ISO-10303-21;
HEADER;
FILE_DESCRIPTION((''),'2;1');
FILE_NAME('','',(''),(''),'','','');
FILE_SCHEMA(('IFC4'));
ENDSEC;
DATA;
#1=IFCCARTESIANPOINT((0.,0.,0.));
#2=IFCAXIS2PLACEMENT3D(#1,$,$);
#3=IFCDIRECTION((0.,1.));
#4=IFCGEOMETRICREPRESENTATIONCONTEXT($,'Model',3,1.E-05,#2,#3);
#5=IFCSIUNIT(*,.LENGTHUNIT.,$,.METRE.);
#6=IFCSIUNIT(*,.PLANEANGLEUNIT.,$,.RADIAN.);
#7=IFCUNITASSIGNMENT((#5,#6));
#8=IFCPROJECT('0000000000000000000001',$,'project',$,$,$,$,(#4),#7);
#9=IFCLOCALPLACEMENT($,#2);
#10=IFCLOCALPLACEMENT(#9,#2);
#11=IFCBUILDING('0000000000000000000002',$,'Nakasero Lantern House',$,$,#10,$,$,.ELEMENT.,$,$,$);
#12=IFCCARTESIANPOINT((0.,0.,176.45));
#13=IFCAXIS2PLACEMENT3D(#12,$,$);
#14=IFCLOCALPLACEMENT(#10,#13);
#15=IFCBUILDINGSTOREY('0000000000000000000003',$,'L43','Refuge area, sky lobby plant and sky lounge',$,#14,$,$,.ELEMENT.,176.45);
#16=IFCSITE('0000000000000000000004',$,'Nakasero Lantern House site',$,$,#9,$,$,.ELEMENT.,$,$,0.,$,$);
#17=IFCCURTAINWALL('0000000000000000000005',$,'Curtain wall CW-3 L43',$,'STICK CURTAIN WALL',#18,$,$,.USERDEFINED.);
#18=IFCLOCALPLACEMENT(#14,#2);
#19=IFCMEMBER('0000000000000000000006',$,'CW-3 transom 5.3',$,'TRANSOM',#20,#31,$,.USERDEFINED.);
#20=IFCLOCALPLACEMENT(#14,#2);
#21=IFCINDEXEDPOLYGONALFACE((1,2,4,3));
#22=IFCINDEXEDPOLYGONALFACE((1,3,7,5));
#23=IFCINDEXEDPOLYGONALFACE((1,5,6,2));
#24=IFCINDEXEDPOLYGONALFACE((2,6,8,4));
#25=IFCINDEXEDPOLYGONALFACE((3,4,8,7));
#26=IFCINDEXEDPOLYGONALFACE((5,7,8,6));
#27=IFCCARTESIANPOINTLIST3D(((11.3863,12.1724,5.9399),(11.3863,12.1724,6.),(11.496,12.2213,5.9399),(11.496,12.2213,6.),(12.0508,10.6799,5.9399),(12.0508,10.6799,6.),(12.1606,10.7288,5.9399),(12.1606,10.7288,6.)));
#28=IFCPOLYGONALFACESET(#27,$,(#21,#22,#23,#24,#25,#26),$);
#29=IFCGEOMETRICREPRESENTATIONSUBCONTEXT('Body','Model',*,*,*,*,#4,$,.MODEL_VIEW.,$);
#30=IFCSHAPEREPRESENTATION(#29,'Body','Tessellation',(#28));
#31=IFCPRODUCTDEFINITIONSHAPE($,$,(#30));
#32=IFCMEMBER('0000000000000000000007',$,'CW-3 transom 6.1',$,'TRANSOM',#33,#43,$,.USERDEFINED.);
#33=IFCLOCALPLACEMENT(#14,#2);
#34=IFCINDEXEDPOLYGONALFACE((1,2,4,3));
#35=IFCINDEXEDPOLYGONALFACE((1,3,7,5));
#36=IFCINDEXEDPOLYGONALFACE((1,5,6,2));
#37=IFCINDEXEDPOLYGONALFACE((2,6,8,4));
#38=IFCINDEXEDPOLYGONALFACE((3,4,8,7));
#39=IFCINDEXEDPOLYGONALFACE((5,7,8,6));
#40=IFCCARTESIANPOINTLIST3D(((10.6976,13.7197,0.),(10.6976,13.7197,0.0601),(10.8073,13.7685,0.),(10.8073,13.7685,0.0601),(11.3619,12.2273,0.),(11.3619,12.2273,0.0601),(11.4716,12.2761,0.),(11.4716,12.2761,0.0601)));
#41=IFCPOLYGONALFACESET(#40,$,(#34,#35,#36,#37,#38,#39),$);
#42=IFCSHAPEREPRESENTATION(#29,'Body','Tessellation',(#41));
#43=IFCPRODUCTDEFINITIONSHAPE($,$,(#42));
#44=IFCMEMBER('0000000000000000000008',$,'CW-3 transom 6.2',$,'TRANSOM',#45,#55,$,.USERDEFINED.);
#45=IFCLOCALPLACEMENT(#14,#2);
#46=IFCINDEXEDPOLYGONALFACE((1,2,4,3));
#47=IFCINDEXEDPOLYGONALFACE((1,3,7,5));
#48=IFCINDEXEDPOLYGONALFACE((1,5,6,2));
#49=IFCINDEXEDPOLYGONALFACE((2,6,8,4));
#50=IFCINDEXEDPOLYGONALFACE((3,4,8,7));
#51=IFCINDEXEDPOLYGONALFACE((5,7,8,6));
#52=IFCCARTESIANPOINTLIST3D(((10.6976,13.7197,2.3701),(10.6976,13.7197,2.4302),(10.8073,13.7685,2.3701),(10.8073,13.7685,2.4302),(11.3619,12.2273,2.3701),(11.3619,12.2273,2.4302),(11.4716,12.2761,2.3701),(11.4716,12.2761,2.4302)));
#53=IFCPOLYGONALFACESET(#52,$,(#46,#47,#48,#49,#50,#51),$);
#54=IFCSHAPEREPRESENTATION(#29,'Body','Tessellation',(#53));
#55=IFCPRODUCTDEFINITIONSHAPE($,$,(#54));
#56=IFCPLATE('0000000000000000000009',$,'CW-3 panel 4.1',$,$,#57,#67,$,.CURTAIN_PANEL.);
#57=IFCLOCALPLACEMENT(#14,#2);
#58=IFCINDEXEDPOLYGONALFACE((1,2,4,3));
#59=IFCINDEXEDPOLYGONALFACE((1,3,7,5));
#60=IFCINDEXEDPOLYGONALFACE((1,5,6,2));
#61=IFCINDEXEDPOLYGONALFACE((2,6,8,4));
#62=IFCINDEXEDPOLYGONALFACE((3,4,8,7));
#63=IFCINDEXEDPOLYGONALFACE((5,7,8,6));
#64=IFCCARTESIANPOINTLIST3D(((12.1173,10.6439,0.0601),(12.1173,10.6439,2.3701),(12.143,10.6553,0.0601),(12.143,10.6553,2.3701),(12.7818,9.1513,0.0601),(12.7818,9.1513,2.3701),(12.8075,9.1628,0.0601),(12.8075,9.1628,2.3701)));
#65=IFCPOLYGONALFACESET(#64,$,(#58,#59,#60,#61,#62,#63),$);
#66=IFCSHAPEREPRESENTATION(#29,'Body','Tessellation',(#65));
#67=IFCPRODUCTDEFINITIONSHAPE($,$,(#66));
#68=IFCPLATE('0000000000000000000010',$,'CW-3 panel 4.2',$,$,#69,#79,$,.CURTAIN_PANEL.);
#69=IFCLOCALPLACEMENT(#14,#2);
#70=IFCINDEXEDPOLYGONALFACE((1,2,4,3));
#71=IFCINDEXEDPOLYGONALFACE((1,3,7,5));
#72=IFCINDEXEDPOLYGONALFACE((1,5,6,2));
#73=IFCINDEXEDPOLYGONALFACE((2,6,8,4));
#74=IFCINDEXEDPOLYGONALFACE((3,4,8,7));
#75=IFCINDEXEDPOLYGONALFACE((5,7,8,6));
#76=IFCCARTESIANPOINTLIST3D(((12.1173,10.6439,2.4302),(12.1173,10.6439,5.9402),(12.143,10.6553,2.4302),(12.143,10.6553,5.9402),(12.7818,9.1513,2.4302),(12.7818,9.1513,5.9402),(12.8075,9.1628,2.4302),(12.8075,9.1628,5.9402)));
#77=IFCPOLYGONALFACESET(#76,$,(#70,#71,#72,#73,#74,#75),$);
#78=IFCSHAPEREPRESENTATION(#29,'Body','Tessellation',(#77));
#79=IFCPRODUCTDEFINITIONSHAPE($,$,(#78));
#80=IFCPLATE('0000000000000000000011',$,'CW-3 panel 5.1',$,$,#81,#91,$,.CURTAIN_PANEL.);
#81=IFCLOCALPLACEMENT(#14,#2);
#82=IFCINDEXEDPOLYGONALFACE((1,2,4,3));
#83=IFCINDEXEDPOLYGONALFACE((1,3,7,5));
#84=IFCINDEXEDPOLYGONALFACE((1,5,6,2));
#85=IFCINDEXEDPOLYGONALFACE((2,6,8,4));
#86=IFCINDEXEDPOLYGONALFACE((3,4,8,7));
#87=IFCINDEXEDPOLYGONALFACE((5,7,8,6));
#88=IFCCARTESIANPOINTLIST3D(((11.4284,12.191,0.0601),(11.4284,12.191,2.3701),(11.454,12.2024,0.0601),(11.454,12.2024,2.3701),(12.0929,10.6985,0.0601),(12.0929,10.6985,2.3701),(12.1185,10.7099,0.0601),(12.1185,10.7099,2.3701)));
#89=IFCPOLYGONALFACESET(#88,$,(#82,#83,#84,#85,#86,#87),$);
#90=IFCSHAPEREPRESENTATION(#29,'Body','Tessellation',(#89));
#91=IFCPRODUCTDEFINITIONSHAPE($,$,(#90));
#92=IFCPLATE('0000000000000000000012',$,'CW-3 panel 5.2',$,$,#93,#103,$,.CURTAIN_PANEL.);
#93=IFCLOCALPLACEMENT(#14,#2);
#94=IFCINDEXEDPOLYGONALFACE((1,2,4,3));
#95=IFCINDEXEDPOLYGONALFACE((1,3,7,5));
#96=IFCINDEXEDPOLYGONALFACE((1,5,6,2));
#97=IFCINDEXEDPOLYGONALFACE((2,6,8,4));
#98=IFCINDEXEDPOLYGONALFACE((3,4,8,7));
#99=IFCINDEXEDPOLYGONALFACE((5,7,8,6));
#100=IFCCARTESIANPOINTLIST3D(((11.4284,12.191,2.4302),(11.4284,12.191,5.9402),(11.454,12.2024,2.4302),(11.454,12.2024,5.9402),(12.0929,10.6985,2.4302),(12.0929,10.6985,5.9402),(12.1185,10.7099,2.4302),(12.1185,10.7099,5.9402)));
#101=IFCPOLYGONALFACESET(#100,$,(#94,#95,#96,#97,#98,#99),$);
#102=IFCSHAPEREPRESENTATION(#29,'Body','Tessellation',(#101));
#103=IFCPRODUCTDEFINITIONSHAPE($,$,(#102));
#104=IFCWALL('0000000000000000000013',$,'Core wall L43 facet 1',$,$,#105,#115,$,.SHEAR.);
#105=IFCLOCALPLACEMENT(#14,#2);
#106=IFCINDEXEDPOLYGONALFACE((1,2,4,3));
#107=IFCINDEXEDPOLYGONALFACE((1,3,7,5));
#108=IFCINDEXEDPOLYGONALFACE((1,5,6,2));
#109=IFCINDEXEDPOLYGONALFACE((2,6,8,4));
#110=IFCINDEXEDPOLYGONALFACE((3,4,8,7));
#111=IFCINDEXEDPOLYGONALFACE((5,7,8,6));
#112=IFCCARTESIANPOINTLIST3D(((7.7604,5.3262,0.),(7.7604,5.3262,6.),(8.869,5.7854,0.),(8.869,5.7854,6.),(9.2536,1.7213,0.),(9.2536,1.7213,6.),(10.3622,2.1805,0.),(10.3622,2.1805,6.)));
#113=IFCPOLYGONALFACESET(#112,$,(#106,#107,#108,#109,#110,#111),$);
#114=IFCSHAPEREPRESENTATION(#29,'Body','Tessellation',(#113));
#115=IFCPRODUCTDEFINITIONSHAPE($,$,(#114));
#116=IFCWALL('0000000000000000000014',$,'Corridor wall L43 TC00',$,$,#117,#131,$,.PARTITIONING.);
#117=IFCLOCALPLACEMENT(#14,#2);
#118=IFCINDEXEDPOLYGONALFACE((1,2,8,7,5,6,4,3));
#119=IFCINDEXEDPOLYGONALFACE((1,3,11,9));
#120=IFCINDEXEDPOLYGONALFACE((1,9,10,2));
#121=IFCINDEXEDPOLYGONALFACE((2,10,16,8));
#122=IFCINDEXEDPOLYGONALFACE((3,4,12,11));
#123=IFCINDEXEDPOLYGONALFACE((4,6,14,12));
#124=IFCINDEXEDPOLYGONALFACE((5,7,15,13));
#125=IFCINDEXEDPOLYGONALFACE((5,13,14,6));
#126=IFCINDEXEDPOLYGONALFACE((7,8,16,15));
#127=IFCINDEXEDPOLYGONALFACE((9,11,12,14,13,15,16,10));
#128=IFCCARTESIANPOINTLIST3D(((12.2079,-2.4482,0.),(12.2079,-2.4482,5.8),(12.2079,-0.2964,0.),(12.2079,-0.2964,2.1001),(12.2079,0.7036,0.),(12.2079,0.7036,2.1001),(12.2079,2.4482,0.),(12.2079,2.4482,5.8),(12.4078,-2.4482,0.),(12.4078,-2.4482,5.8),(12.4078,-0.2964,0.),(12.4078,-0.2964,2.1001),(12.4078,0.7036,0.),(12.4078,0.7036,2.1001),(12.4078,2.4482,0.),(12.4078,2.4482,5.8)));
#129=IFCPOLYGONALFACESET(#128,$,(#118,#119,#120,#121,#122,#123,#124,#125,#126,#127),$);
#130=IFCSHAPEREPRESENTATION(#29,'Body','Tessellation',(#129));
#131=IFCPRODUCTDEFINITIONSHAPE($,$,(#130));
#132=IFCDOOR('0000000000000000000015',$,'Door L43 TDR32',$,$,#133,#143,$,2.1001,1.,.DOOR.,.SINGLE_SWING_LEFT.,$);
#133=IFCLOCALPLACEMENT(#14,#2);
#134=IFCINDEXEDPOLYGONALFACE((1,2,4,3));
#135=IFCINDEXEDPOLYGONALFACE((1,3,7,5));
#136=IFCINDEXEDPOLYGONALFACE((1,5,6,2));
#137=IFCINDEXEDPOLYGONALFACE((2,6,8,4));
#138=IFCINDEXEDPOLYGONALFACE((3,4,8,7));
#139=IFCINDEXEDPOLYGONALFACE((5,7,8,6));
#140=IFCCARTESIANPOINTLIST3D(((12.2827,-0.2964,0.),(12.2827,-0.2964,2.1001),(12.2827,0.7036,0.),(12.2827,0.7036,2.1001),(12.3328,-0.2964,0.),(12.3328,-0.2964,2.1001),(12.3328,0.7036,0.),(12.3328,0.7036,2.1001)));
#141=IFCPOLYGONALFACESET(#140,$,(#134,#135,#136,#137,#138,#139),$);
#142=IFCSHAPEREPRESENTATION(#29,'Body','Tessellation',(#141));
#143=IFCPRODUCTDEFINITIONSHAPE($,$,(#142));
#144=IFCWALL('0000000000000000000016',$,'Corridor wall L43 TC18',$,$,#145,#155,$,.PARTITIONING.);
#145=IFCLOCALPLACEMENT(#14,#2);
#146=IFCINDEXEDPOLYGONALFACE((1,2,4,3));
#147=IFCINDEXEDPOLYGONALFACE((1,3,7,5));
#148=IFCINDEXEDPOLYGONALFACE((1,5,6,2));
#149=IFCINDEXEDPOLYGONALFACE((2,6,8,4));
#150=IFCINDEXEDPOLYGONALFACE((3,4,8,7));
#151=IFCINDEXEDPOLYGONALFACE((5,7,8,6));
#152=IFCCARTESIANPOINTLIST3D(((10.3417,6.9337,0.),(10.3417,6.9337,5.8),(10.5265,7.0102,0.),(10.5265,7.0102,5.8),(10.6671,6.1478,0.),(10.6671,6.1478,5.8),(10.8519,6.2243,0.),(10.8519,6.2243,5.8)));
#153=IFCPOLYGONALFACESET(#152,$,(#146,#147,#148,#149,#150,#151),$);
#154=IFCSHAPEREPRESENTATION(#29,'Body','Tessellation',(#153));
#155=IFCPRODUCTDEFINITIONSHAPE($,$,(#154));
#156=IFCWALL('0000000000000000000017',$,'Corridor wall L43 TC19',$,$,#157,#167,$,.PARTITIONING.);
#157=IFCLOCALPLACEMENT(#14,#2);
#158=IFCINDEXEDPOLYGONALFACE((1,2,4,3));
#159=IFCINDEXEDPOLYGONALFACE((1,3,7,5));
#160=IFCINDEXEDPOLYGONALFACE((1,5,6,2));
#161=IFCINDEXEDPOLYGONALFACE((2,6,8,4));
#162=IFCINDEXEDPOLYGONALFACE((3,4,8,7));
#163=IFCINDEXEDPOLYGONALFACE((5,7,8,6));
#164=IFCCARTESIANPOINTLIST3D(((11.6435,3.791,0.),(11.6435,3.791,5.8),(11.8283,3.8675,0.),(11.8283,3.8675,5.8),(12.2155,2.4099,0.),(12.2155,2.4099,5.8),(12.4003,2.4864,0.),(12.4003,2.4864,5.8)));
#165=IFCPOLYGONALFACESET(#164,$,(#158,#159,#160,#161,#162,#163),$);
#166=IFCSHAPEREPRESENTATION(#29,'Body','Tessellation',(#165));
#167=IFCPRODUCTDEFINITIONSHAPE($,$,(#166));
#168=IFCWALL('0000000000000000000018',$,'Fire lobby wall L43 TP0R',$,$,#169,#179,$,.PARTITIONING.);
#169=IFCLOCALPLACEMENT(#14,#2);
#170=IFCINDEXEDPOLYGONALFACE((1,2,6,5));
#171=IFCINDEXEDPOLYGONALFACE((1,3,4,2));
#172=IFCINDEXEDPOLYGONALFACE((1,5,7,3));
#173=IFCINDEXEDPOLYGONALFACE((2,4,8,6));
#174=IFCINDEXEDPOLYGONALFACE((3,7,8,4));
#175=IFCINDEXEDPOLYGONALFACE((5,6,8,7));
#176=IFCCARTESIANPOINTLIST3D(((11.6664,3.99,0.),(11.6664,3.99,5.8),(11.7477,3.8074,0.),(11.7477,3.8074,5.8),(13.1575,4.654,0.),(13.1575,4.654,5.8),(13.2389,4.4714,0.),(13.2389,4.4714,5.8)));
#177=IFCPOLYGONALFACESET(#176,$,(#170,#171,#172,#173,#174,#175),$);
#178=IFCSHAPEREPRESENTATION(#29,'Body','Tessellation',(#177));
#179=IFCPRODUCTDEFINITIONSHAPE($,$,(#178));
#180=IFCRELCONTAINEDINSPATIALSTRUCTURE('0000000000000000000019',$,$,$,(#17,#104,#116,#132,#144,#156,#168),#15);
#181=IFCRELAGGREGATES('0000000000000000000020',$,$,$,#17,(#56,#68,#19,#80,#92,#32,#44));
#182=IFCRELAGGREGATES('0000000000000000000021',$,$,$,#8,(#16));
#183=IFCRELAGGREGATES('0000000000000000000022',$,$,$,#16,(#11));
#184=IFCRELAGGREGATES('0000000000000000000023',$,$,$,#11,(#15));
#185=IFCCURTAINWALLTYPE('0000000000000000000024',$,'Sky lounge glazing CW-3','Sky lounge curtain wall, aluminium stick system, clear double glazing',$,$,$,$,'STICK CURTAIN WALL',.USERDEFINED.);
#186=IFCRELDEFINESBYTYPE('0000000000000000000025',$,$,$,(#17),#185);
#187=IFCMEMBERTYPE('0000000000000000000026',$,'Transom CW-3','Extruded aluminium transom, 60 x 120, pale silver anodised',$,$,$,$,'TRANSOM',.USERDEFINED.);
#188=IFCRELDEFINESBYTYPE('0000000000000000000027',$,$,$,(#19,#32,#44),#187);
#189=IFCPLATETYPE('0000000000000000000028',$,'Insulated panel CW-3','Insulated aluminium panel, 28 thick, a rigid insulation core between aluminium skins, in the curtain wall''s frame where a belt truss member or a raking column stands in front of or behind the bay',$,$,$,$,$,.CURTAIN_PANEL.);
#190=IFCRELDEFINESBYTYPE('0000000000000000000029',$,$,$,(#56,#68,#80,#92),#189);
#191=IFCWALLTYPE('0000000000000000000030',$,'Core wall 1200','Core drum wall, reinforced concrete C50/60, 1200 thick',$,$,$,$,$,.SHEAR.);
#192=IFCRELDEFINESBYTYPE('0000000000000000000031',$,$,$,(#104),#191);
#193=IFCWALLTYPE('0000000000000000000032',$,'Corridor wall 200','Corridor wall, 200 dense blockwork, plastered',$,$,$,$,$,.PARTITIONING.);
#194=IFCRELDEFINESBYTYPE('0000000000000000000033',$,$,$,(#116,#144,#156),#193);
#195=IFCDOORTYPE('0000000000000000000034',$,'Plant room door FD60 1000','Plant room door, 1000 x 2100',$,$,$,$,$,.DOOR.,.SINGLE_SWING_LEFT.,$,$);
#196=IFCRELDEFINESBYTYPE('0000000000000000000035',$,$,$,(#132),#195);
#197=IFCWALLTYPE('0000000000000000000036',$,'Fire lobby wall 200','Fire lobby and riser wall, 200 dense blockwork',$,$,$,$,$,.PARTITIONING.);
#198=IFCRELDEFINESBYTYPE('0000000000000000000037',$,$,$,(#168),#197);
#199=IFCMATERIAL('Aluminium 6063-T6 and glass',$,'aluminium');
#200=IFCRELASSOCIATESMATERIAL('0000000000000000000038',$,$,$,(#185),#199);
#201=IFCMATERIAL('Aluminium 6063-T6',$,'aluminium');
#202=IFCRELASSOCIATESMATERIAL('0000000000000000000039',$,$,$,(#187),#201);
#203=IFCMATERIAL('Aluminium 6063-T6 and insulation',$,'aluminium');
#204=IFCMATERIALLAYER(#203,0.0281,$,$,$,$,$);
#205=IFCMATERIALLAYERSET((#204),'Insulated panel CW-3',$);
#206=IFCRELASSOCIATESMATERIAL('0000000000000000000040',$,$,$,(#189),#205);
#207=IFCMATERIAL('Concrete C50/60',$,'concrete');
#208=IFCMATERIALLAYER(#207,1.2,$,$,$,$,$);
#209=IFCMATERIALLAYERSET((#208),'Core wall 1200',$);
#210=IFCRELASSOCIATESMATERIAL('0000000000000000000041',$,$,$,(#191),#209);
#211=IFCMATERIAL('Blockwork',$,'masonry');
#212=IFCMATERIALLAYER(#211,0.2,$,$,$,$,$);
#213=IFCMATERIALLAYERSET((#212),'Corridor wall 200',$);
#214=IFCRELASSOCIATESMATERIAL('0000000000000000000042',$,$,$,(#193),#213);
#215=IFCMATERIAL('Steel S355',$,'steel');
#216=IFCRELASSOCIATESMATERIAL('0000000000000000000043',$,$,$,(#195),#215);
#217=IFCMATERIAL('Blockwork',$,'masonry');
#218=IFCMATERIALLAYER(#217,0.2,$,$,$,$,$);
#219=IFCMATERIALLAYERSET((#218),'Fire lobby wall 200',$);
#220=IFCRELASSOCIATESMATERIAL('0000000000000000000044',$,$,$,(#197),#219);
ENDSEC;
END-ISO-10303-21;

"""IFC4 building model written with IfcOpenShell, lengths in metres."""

from ifc_helpers import new_model, si_unit, direction, frame, frame_2d, origin, origin_2d, place, context, subcontext, project, spatial, rectangle, extrude, material, layer, layer_set, material_profile, profile_set, type_object, element, fill, aggregate, save


model = new_model("IFC4")

# Units and contexts
model_context = context("Model", 3, precision=1e-05, world=origin(), true_north=direction((0.0, 1.0)))
body_context = subcontext(model_context, "Body", "Model", "MODEL_VIEW")
ifc_project = project(units=[si_unit("LENGTHUNIT", "METRE"), si_unit("PLANEANGLEUNIT", "RADIAN")], contexts=[model_context])

# Site, building, storey
site_placement = place(None, origin())
site = spatial("IfcSite", under=ifc_project, at=site_placement, Name="Nakasero Lantern House site", CompositionType="ELEMENT", RefElevation=0.0)
building_placement = place(site_placement, origin())
building = spatial("IfcBuilding", under=site, at=building_placement, Name="Nakasero Lantern House", CompositionType="ELEMENT")
storey_placement = place(building_placement, frame((0.0, 0.0, 176.45)))
storey = spatial("IfcBuildingStorey", under=building, at=storey_placement, Name="L43", Description="Refuge area, sky lobby plant and sky lounge", CompositionType="ELEMENT", Elevation=176.45)

# Curtain wall, members, plates
ifc_material_1 = material(Name="Aluminium 6063-T6 and glass", Category="aluminium")
curtain_wall_type = type_object("IfcCurtainWallType", Name="Sky lounge glazing CW-3", Description="Sky lounge curtain wall, aluminium stick system, clear double glazing", ElementType="STICK CURTAIN WALL", PredefinedType="USERDEFINED", material=ifc_material_1)
curtain_wall_placement = place(storey_placement, origin())
curtain_wall = element("IfcCurtainWall", 1, at=curtain_wall_placement, inside=storey, type_object=curtain_wall_type, Name="Curtain wall CW-3 L43", ObjectType="STICK CURTAIN WALL", PredefinedType="USERDEFINED")
ifc_material_2 = material(Name="Aluminium 6063-T6", Category="aluminium")
ifc_material_profile_1 = material_profile(ifc_material_2, rectangle(XDim=0.0601, YDim=0.1201, at=origin_2d()), Name="CW-3 transom 60x120")
ifc_profile_set_1 = profile_set([ifc_material_profile_1], Name="Aluminium 6063-T6")
member_type_1 = type_object("IfcMemberType", Name="Transom CW-3", Description="Extruded aluminium transom, 60 x 120, pale silver anodised", ElementType="TRANSOM", PredefinedType="USERDEFINED", material=ifc_profile_set_1)
member_1_placement = place(storey_placement, frame((12.1057, 10.7043, 5.97), z_axis=(-0.406776, 0.913528, 0.0), x_axis=(0.0, 0.0, 1.0)))
member_1 = element("IfcMember", 2, at=member_1_placement, type_object=member_type_1, Name="CW-3 transom 5.3", ObjectType="TRANSOM", PredefinedType="USERDEFINED", context=body_context, shape_type="SweptSolid", body=[
    extrude(rectangle(XDim=0.0601, YDim=0.1201, at=origin_2d()), origin(), (0.0, 0.0, 1.0), 1.6338),
])
member_2_placement = place(storey_placement, frame((11.4167, 12.2517, 0.03), z_axis=(-0.406651, 0.913583, 0.0), x_axis=(0.0, 0.0, 1.0)))
member_2 = element("IfcMember", 3, at=member_2_placement, type_object=member_type_1, Name="CW-3 transom 6.1", ObjectType="TRANSOM", PredefinedType="USERDEFINED", context=body_context, shape_type="SweptSolid", body=[
    extrude(rectangle(XDim=0.0601, YDim=0.1201, at=origin_2d()), origin(), (0.0, 0.0, 1.0), 1.6335),
])
member_3_placement = place(storey_placement, frame((11.4167, 12.2517, 2.4001), z_axis=(-0.406651, 0.913583, 0.0), x_axis=(0.0, 0.0, 1.0)))
member_3 = element("IfcMember", 4, at=member_3_placement, type_object=member_type_1, Name="CW-3 transom 6.2", ObjectType="TRANSOM", PredefinedType="USERDEFINED", context=body_context, shape_type="SweptSolid", body=[
    extrude(rectangle(XDim=0.0601, YDim=0.1201, at=origin_2d()), origin(), (0.0, 0.0, 1.0), 1.6335),
])
ifc_material_3 = material(Name="Aluminium 6063-T6 and insulation", Category="aluminium")
ifc_layer_1 = layer(ifc_material_3, 0.0281)
ifc_layer_set_1 = layer_set([ifc_layer_1], Name="Insulated panel CW-3")
plate_type = type_object("IfcPlateType", Name="Insulated panel CW-3", Description="Insulated aluminium panel, 28 thick, a rigid insulation core between aluminium skins, in the curtain wall's frame where a belt truss member or a raking column stands in front of or behind the bay", PredefinedType="CURTAIN_PANEL", material=ifc_layer_set_1)
plate_1_placement = place(storey_placement, frame((12.4624, 9.9033, 0.0601), z_axis=(0.0, 0.0, 1.0), x_axis=(-0.406737, 0.913545, 0.0)))
plate_1 = element("IfcPlate", 5, at=plate_1_placement, type_object=plate_type, Name="CW-3 panel 4.1", PredefinedType="CURTAIN_PANEL", context=body_context, shape_type="SweptSolid", body=[
    extrude(rectangle(XDim=1.6338, YDim=0.0281, at=origin_2d()), origin(), (0.0, 0.0, 1.0), 2.3101),
])
plate_2_placement = place(storey_placement, frame((12.4624, 9.9033, 2.4302), z_axis=(0.0, 0.0, 1.0), x_axis=(-0.406737, 0.913545, 0.0)))
plate_2 = element("IfcPlate", 6, at=plate_2_placement, type_object=plate_type, Name="CW-3 panel 4.2", PredefinedType="CURTAIN_PANEL", context=body_context, shape_type="SweptSolid", body=[
    extrude(rectangle(XDim=1.6338, YDim=0.0281, at=origin_2d()), origin(), (0.0, 0.0, 1.0), 3.51),
])
plate_3_placement = place(storey_placement, frame((11.7734, 11.4504, 0.0601), z_axis=(0.0, 0.0, 1.0), x_axis=(-0.406737, 0.913545, 0.0)))
plate_3 = element("IfcPlate", 7, at=plate_3_placement, type_object=plate_type, Name="CW-3 panel 5.1", PredefinedType="CURTAIN_PANEL", context=body_context, shape_type="SweptSolid", body=[
    extrude(rectangle(XDim=1.6338, YDim=0.0281, at=origin_2d()), origin(), (0.0, 0.0, 1.0), 2.3101),
])
plate_4_placement = place(storey_placement, frame((11.7734, 11.4504, 2.4302), z_axis=(0.0, 0.0, 1.0), x_axis=(-0.406737, 0.913545, 0.0)))
plate_4 = element("IfcPlate", 8, at=plate_4_placement, type_object=plate_type, Name="CW-3 panel 5.2", PredefinedType="CURTAIN_PANEL", context=body_context, shape_type="SweptSolid", body=[
    extrude(rectangle(XDim=1.6338, YDim=0.0281, at=origin_2d()), origin(), (0.0, 0.0, 1.0), 3.51),
])
aggregate(curtain_wall, [plate_1, plate_2, member_1, plate_3, plate_4, member_2, member_3])

# Wall
ifc_material_4 = material(Name="Concrete C50/60", Category="concrete")
ifc_layer_2 = layer(ifc_material_4, 1.2)
ifc_layer_set_2 = layer_set([ifc_layer_2], Name="Core wall 1200")
wall_type_1 = type_object("IfcWallType", Name="Core wall 1200", Description="Core drum wall, reinforced concrete C50/60, 1200 thick", PredefinedType="SHEAR", material=ifc_layer_set_2)
wall_1_placement = place(storey_placement, frame((9.8079, 1.9509, 0.0), z_axis=(0.0, 0.0, 1.0), x_axis=(-0.382691, 0.923877, 0.0)))
element("IfcWall", 9, at=wall_1_placement, inside=storey, type_object=wall_type_1, Name="Core wall L43 facet 1", PredefinedType="SHEAR", context=body_context, shape_type="SweptSolid", body=[
    extrude(rectangle(XDim=3.9019, YDim=1.2, at=frame_2d((1.9509, 0.0))), origin(), (0.0, 0.0, 1.0), 6.0),
])

# Wall, opening, door
ifc_material_5 = material(Name="Blockwork", Category="masonry")
ifc_layer_3 = layer(ifc_material_5, 0.2)
ifc_layer_set_3 = layer_set([ifc_layer_3], Name="Corridor wall 200")
wall_type_2 = type_object("IfcWallType", Name="Corridor wall 200", Description="Corridor wall, 200 dense blockwork, plastered", PredefinedType="PARTITIONING", material=ifc_layer_set_3)
wall_2_placement = place(storey_placement, frame((12.3079, 2.4482, 0.0), z_axis=(0.0, 0.0, 1.0), x_axis=(0.0, -1.0, 0.0)))
wall_2 = element("IfcWall", 10, at=wall_2_placement, inside=storey, type_object=wall_type_2, Name="Corridor wall L43 TC00", PredefinedType="PARTITIONING", context=body_context, shape_type="SweptSolid", body=[
    extrude(rectangle(XDim=4.8965, YDim=0.2, at=frame_2d((2.4482, 0.0))), origin(), (0.0, 0.0, 1.0), 5.8),
])
opening_placement = place(wall_2_placement, frame((1.7446, 0.0, 0.0)))
opening = element("IfcOpeningElement", 11, at=opening_placement, cuts=wall_2, PredefinedType="OPENING", context=body_context, shape_type="SweptSolid", body=[
    extrude(rectangle(XDim=1.0, YDim=2.1001, at=frame_2d((0.5, 1.05))), frame((0.0, 0.1199, 0.0), z_axis=(0.0, -1.0, 0.0), x_axis=(1.0, 0.0, 0.0)), (0.0, 0.0, 1.0), 0.24),
])
ifc_material_6 = material(Name="Steel S355", Category="steel")
door_type = type_object("IfcDoorType", Name="Plant room door FD60 1000", Description="Plant room door, 1000 x 2100", OperationType="SINGLE_SWING_LEFT", PredefinedType="DOOR", material=ifc_material_6)
door_placement = place(opening_placement, origin())
door = element("IfcDoor", 12, at=door_placement, inside=storey, type_object=door_type, Name="Door L43 TDR32", OperationType="SINGLE_SWING_LEFT", OverallHeight=2.1001, OverallWidth=1.0, PredefinedType="DOOR", context=body_context, shape_type="SweptSolid", body=[
    extrude(rectangle(XDim=1.0, YDim=2.1001, at=frame_2d((0.5, 1.05))), frame((0.0, 0.0249, 0.0), z_axis=(0.0, -1.0, 0.0), x_axis=(1.0, 0.0, 0.0)), (0.0, 0.0, 1.0), 0.05),
])
fill(opening, door)

# Walls
wall_3_placement = place(storey_placement, frame((10.4341, 6.9719, 0.0), z_axis=(0.0, 0.0, 1.0), x_axis=(0.382597, -0.923915, 0.0)))
element("IfcWall", 13, at=wall_3_placement, inside=storey, type_object=wall_type_2, Name="Corridor wall L43 TC18", PredefinedType="PARTITIONING", context=body_context, shape_type="SweptSolid", body=[
    extrude(rectangle(XDim=0.8506, YDim=0.2, at=frame_2d((0.4253, 0.0))), origin(), (0.0, 0.0, 1.0), 5.8),
])
wall_4_placement = place(storey_placement, frame((11.7358, 3.8293, 0.0), z_axis=(0.0, 0.0, 1.0), x_axis=(0.382655, -0.923891, 0.0)))
element("IfcWall", 14, at=wall_4_placement, inside=storey, type_object=wall_type_2, Name="Corridor wall L43 TC19", PredefinedType="PARTITIONING", context=body_context, shape_type="SweptSolid", body=[
    extrude(rectangle(XDim=1.4949, YDim=0.2, at=frame_2d((0.7476, 0.0))), origin(), (0.0, 0.0, 1.0), 5.8),
])
ifc_material_7 = material(Name="Blockwork", Category="masonry")
ifc_layer_4 = layer(ifc_material_7, 0.2)
ifc_layer_set_4 = layer_set([ifc_layer_4], Name="Fire lobby wall 200")
wall_type_3 = type_object("IfcWallType", Name="Fire lobby wall 200", Description="Fire lobby and riser wall, 200 dense blockwork", PredefinedType="PARTITIONING", material=ifc_layer_set_4)
wall_5_placement = place(storey_placement, frame((11.707, 3.8987, 0.0), z_axis=(0.0, 0.0, 1.0), x_axis=(0.913515, 0.406804, 0.0)))
element("IfcWall", 15, at=wall_5_placement, inside=storey, type_object=wall_type_3, Name="Fire lobby wall L43 TP0R", PredefinedType="PARTITIONING", context=body_context, shape_type="SweptSolid", body=[
    extrude(rectangle(XDim=1.6323, YDim=0.2, at=frame_2d((0.8162, 0.0))), origin(), (0.0, 0.0, 1.0), 5.8),
])

save(model, "model.ifc")
